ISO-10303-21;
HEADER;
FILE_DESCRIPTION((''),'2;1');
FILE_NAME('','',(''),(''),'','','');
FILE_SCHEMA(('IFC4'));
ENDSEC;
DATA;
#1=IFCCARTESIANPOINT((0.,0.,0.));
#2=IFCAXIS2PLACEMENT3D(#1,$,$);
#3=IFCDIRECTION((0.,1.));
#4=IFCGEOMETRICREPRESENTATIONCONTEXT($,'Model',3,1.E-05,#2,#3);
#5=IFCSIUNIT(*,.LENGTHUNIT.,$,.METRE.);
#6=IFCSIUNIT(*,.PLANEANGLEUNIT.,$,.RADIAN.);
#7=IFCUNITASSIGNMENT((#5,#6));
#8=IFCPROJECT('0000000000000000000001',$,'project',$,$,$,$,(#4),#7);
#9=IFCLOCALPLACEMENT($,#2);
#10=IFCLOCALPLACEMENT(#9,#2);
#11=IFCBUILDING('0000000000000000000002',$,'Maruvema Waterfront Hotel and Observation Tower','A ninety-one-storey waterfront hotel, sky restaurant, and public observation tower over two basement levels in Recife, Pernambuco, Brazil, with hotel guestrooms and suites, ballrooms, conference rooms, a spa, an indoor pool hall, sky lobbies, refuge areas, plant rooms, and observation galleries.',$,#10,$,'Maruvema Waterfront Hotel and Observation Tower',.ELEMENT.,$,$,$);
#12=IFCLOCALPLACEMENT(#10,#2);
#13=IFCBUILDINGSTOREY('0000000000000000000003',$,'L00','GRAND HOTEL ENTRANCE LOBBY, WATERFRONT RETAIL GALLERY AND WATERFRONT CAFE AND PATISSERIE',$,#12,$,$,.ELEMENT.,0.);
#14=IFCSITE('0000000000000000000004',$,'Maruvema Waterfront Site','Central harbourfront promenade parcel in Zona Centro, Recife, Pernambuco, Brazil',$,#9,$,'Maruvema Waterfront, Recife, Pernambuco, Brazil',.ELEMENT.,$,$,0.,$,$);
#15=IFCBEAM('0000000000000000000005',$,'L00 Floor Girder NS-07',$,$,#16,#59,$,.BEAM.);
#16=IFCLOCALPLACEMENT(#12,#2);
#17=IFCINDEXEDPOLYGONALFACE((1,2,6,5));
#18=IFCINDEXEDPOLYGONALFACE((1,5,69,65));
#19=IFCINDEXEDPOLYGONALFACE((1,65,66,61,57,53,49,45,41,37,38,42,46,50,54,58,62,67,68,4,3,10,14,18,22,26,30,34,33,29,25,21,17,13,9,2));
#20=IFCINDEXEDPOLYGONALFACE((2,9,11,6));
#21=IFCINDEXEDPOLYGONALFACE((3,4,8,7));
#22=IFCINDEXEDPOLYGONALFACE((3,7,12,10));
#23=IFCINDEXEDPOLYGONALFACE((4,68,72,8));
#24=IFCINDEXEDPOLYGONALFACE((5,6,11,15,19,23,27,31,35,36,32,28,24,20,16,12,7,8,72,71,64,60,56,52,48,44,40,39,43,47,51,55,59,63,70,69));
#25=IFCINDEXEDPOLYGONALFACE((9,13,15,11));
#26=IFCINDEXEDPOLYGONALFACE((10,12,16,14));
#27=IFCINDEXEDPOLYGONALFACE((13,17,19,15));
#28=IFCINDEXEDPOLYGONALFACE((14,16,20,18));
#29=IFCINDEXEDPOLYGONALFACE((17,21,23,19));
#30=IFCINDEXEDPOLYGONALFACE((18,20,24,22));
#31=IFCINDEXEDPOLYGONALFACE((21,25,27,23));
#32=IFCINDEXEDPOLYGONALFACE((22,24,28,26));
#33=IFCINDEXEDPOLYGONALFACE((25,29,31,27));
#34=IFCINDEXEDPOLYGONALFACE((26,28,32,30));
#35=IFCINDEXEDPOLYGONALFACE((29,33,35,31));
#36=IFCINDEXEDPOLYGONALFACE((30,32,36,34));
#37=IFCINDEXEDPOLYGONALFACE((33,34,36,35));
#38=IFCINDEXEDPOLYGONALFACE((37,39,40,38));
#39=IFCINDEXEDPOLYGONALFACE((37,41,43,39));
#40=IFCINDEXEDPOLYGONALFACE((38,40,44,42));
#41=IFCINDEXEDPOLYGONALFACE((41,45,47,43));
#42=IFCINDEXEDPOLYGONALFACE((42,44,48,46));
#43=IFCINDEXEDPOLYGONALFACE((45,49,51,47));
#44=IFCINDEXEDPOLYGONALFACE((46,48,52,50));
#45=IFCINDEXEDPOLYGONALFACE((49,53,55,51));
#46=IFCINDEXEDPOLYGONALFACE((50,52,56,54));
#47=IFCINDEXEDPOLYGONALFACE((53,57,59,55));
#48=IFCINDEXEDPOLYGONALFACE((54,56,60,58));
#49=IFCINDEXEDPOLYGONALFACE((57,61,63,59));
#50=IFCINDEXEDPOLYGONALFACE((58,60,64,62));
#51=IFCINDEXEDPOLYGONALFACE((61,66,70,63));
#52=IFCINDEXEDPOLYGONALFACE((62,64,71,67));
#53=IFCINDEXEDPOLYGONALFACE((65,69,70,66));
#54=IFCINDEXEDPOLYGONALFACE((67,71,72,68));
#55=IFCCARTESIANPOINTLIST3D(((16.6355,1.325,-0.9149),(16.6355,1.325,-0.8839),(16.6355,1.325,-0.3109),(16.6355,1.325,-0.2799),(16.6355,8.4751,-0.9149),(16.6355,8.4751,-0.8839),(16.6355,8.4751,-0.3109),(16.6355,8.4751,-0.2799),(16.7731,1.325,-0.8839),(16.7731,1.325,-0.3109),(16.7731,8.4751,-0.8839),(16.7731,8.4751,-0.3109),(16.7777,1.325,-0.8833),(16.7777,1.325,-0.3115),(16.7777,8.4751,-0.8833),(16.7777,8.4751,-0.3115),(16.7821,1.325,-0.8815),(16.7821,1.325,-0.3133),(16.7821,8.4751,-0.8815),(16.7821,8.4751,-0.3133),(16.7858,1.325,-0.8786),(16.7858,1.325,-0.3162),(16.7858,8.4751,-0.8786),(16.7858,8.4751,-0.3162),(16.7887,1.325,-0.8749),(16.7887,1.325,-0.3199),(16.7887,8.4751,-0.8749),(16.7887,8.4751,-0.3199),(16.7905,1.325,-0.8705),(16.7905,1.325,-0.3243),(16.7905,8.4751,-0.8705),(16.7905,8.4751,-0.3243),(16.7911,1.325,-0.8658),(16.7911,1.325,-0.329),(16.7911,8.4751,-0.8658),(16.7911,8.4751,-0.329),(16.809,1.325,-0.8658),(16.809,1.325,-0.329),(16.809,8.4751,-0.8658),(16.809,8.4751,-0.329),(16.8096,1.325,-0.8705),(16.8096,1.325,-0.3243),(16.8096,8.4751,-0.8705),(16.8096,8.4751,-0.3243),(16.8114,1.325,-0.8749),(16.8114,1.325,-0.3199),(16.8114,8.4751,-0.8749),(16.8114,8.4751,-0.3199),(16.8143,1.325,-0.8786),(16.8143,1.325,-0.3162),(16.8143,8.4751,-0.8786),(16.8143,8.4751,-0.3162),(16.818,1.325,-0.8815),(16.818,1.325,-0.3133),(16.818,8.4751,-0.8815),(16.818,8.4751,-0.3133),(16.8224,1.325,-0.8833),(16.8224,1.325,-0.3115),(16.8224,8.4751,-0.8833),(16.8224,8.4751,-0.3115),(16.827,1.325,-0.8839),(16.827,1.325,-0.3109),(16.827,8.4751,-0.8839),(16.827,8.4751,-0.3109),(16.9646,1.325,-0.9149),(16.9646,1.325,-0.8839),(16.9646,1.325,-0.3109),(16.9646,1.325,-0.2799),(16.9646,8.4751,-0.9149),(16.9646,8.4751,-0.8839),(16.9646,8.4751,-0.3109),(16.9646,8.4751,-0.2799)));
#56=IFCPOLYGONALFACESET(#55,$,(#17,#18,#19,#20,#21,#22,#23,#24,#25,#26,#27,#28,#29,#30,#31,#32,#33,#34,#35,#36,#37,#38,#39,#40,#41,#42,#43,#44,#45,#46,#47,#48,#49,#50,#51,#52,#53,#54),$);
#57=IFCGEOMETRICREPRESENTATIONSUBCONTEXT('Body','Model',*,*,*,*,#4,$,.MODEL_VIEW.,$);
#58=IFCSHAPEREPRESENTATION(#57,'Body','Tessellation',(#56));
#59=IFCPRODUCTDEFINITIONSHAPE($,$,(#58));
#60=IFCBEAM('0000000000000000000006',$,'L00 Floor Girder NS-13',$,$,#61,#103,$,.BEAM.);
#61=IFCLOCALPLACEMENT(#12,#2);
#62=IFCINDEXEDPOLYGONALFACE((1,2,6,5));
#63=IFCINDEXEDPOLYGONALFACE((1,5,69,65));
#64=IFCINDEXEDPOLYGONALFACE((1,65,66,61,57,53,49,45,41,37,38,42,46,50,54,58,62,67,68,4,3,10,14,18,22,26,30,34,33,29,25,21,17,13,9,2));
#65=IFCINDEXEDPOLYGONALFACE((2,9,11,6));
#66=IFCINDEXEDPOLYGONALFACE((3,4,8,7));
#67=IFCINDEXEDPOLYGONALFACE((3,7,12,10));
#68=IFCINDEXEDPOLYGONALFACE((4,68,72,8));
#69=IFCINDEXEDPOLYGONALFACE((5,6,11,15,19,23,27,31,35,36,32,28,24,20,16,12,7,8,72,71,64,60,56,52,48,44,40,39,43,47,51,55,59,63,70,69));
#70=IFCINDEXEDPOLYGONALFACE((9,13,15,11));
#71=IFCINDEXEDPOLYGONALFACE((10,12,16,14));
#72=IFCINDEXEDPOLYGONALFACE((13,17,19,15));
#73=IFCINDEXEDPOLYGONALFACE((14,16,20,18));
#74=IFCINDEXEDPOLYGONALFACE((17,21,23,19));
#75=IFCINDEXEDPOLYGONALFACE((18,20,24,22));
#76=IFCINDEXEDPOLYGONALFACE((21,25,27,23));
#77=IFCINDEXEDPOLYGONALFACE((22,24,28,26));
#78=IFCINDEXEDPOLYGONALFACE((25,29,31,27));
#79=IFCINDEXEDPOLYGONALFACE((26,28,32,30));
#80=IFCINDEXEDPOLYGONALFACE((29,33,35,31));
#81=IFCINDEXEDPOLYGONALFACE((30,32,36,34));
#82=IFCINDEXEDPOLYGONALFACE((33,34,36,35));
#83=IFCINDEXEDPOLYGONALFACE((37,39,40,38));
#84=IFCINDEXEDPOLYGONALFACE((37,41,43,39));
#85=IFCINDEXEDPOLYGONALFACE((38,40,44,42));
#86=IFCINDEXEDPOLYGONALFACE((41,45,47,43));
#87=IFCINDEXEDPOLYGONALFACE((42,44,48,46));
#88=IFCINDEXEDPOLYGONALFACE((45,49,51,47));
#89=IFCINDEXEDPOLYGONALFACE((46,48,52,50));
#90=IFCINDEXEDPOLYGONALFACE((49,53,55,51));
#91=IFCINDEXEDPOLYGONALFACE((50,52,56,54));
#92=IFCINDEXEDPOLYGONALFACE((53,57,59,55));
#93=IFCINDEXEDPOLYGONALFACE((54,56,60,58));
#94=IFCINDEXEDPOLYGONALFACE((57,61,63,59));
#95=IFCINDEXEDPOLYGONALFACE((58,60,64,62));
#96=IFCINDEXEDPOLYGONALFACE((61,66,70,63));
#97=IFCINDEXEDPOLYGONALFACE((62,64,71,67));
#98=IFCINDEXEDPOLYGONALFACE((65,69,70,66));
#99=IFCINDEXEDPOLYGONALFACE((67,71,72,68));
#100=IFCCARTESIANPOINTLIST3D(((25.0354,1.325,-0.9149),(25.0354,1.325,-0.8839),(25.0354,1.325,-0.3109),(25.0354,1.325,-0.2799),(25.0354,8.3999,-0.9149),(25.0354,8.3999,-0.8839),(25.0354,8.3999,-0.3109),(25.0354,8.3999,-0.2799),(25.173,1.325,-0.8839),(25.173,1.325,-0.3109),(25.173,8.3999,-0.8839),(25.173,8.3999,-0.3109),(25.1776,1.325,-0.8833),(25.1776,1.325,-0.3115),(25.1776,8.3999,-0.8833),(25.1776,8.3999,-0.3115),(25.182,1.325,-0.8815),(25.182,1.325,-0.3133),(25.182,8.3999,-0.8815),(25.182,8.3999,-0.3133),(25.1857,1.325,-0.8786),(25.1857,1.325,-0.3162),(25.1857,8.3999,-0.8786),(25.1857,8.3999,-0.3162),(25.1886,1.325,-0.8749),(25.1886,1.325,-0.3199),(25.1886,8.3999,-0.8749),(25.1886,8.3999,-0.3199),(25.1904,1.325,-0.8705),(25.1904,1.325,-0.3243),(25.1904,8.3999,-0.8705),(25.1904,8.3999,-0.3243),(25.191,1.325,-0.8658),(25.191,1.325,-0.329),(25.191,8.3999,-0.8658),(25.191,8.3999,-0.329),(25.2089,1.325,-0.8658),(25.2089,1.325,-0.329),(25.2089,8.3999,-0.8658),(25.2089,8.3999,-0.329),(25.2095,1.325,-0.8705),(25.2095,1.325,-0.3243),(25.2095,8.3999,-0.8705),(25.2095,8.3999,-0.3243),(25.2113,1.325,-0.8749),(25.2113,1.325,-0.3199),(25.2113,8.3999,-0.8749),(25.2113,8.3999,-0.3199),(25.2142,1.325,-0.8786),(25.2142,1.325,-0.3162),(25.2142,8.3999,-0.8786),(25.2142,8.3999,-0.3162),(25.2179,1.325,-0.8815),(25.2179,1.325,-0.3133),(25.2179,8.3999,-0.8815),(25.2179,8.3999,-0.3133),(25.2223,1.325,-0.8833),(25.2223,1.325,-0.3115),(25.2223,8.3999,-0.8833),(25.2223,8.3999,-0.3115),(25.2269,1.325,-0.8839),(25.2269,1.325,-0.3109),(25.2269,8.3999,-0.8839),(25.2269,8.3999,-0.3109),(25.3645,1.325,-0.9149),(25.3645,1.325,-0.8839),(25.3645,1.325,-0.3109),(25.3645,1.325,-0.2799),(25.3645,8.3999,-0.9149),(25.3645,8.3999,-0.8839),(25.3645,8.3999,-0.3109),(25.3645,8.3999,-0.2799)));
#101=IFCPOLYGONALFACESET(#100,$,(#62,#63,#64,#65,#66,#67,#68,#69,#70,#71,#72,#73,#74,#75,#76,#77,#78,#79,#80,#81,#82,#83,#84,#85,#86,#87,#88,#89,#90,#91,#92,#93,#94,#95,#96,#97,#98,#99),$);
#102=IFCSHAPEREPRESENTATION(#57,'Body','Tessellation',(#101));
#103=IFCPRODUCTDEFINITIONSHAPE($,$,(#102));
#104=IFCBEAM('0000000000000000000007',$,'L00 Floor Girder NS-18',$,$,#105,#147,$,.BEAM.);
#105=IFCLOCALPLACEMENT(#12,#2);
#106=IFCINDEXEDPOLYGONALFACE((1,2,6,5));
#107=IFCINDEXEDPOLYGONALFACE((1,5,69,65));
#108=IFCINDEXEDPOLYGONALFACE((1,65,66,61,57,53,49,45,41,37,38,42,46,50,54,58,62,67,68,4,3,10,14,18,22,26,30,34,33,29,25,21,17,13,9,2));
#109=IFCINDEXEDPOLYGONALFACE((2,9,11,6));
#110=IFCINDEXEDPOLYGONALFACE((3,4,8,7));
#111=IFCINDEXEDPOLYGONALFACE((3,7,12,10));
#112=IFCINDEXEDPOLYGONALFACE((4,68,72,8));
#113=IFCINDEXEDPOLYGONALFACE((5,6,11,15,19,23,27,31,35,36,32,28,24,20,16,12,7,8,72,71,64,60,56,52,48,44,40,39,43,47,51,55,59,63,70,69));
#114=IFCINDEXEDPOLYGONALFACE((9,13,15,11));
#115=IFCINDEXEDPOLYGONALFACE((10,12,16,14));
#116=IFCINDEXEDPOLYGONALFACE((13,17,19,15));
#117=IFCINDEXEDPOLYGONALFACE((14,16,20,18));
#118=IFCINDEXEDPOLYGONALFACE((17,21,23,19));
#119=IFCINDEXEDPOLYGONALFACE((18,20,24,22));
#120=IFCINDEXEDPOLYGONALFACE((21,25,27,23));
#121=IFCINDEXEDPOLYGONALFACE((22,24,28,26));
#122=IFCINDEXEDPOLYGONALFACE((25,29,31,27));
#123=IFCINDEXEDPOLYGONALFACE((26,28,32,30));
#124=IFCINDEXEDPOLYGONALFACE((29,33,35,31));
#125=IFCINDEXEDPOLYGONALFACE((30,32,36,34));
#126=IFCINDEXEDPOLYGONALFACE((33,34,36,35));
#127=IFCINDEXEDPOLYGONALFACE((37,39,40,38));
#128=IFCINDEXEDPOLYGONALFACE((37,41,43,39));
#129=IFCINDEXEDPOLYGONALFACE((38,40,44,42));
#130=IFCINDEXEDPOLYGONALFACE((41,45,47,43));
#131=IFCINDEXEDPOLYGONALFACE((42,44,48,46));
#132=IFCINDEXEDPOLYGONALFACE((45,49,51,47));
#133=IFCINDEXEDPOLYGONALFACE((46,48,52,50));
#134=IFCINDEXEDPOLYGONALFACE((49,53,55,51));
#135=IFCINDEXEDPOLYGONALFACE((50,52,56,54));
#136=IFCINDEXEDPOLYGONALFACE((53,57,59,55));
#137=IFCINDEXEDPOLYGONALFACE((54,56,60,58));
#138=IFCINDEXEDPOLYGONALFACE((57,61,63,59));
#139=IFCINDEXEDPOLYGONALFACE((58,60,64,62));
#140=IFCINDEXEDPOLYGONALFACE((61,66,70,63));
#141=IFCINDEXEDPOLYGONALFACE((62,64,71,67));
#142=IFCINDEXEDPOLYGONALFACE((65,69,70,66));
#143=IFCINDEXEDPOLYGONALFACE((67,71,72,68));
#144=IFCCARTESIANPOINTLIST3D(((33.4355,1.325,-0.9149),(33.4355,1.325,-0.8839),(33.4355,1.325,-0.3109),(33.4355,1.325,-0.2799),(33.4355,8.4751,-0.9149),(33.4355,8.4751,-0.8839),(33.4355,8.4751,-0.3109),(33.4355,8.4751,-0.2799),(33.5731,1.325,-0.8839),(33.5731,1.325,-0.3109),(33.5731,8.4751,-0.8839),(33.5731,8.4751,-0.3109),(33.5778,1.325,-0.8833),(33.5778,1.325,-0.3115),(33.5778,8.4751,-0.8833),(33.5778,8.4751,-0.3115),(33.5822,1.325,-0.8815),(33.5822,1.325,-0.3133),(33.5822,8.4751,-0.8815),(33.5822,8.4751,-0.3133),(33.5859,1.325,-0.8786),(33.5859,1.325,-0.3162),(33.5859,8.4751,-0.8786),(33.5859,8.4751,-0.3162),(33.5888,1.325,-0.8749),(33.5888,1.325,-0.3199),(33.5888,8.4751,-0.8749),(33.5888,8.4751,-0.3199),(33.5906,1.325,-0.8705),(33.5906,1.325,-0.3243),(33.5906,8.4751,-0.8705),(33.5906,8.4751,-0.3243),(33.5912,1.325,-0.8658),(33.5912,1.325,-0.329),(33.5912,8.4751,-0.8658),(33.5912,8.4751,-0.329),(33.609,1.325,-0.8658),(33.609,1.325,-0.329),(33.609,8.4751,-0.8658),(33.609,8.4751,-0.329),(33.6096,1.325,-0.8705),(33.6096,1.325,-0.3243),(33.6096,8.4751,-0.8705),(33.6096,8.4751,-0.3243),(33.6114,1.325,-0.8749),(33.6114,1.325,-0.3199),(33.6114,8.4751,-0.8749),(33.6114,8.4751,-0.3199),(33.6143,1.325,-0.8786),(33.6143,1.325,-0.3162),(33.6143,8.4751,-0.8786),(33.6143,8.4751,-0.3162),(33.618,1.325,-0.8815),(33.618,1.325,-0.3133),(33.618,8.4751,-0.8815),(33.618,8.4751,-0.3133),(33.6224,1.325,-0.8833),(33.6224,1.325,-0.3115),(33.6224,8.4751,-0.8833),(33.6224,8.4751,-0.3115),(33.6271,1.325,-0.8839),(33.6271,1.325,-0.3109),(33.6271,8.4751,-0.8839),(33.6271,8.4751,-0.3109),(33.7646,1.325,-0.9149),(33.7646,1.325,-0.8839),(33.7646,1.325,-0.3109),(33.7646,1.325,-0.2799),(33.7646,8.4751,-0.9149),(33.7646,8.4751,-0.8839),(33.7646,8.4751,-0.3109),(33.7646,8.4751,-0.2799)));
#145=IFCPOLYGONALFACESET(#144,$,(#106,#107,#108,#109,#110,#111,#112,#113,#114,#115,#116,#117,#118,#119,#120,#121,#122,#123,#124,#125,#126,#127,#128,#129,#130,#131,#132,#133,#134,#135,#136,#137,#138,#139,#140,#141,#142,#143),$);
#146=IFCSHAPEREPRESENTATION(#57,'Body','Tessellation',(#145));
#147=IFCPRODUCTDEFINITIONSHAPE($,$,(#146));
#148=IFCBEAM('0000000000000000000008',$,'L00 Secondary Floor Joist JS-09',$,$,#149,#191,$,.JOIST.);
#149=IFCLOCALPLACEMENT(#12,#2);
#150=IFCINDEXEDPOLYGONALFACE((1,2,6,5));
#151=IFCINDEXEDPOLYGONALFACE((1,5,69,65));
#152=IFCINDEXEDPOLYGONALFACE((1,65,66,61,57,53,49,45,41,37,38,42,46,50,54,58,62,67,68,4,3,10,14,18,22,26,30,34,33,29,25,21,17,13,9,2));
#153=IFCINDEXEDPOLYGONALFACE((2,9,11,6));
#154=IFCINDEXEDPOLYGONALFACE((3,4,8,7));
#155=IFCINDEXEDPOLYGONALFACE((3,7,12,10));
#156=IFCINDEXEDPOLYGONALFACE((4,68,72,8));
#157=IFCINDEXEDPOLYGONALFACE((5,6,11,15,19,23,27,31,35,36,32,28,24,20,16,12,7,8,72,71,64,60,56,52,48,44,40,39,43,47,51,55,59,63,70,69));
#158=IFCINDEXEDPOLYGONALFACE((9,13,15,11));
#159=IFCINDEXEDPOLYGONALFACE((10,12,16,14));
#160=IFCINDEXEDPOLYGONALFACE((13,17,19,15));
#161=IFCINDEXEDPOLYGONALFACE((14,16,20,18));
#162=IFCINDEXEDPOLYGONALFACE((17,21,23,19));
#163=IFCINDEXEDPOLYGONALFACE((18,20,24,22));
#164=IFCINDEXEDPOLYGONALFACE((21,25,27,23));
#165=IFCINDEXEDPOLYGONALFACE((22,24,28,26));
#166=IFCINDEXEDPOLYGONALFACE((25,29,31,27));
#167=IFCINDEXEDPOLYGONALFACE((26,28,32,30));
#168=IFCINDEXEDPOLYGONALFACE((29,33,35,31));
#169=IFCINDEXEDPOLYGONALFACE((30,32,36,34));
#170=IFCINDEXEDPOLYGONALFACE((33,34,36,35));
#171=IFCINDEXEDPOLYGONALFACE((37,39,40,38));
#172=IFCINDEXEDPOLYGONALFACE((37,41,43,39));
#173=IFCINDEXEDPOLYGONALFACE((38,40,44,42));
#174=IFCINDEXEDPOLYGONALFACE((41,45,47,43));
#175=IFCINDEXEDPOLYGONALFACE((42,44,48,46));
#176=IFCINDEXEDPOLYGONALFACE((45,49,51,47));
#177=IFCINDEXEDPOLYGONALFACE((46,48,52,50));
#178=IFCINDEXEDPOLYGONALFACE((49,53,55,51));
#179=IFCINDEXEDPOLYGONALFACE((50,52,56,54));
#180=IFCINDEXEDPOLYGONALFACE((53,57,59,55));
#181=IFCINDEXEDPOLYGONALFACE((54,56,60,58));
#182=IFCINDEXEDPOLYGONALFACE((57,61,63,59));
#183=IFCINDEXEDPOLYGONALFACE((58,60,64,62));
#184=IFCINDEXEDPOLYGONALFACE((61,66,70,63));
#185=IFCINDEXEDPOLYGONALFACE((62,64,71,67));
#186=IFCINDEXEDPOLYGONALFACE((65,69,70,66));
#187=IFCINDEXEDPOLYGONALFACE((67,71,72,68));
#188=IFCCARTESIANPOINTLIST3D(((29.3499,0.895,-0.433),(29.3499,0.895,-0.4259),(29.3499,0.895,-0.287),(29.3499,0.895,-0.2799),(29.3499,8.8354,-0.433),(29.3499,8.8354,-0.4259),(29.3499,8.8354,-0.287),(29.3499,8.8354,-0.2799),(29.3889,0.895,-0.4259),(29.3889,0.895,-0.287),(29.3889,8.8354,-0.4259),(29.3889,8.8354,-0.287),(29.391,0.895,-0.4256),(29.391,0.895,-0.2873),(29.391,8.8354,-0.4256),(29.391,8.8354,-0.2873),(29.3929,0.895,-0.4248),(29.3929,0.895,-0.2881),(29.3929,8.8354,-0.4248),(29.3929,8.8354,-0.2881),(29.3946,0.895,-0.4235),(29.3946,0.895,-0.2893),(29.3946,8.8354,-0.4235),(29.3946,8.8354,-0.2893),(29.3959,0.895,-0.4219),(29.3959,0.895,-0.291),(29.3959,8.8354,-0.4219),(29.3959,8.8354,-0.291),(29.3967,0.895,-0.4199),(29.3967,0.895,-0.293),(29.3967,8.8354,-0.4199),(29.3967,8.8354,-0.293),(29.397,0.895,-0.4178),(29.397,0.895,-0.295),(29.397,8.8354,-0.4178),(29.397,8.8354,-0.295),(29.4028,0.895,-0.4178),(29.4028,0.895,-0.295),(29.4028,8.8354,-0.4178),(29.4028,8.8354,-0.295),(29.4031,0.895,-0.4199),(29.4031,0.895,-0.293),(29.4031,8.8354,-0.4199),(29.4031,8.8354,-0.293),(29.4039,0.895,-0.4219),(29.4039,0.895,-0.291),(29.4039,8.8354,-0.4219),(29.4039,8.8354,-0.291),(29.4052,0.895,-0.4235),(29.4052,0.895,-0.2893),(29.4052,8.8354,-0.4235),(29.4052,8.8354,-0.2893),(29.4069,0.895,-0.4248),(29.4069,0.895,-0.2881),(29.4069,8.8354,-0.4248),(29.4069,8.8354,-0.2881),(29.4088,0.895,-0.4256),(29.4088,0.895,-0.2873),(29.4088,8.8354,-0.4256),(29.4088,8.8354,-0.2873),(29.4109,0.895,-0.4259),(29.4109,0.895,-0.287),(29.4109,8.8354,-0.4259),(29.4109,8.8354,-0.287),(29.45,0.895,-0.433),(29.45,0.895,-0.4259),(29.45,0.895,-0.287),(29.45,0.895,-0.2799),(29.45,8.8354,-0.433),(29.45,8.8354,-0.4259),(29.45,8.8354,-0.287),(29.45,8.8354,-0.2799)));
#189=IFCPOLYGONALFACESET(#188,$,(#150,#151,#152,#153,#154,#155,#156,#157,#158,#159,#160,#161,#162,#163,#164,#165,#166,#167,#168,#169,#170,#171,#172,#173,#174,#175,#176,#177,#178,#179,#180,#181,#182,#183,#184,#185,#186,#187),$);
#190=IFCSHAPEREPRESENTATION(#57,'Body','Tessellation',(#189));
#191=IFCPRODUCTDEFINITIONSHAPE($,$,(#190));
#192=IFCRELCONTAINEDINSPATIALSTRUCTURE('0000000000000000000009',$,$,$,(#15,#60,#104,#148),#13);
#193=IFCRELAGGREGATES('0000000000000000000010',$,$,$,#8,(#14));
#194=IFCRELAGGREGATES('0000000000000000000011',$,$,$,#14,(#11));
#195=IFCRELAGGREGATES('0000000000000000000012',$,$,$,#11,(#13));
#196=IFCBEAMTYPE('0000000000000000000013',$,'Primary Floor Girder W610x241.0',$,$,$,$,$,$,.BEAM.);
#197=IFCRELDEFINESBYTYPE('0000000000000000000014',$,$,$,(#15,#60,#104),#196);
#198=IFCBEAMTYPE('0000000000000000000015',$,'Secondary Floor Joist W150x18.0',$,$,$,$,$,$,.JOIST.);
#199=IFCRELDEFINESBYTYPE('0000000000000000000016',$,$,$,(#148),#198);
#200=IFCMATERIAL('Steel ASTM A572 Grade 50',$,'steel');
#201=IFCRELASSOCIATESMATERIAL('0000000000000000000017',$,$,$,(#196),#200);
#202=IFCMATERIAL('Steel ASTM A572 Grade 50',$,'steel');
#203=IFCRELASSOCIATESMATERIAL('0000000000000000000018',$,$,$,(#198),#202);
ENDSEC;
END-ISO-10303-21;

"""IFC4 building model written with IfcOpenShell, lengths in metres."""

from ifc_helpers import new_model, si_unit, direction, frame, origin, origin_2d, place, context, subcontext, project, spatial, i_section, extrude, material, material_profile, profile_set, type_object, element, save


model = new_model("IFC4")

# Units and contexts
model_context = context("Model", 3, precision=1e-05, world=origin(), true_north=direction((0.0, 1.0)))
body_context = subcontext(model_context, "Body", "Model", "MODEL_VIEW")
ifc_project = project(units=[si_unit("LENGTHUNIT", "METRE"), si_unit("PLANEANGLEUNIT", "RADIAN")], contexts=[model_context])

# Site, building, storey
site_placement = place(None, origin())
site = spatial("IfcSite", under=ifc_project, at=site_placement, Name="Maruvema Waterfront Site", Description="Central harbourfront promenade parcel in Zona Centro, Recife, Pernambuco, Brazil", LongName="Maruvema Waterfront, Recife, Pernambuco, Brazil", CompositionType="ELEMENT", RefElevation=0.0)
building_placement = place(site_placement, origin())
building = spatial("IfcBuilding", under=site, at=building_placement, Name="Maruvema Waterfront Hotel and Observation Tower", Description="A ninety-one-storey waterfront hotel, sky restaurant, and public observation tower over two basement levels in Recife, Pernambuco, Brazil, with hotel guestrooms and suites, ballrooms, conference rooms, a spa, an indoor pool hall, sky lobbies, refuge areas, plant rooms, and observation galleries.", LongName="Maruvema Waterfront Hotel and Observation Tower", CompositionType="ELEMENT")
storey_placement = place(building_placement, origin())
storey = spatial("IfcBuildingStorey", under=building, at=storey_placement, Name="L00", Description="GRAND HOTEL ENTRANCE LOBBY, WATERFRONT RETAIL GALLERY AND WATERFRONT CAFE AND PATISSERIE", CompositionType="ELEMENT", Elevation=0.0)

# Beams
ifc_material_1 = material(Name="Steel ASTM A572 Grade 50", Category="steel")
ifc_material_profile_1 = material_profile(ifc_material_1, i_section(OverallWidth=0.3291, OverallDepth=0.635, WebThickness=0.0178, FlangeThickness=0.031, FilletRadius=0.0181, at=origin_2d()), Name="W610x241.0")
ifc_profile_set_1 = profile_set([ifc_material_profile_1], Name="Steel ASTM A572 Grade 50")
beam_type_1 = type_object("IfcBeamType", Name="Primary Floor Girder W610x241.0", PredefinedType="BEAM", material=ifc_profile_set_1)
beam_1_placement = place(storey_placement, frame((16.8, 1.325, -0.5974), z_axis=(0.0, 1.0, 0.0), x_axis=(-1.0, 0.0, 0.0)))
element("IfcBeam", 1, at=beam_1_placement, inside=storey, type_object=beam_type_1, Name="L00 Floor Girder NS-07", PredefinedType="BEAM", context=body_context, shape_type="SweptSolid", body=[
    extrude(i_section(OverallWidth=0.3291, OverallDepth=0.635, WebThickness=0.0178, FlangeThickness=0.031, FilletRadius=0.0181, at=origin_2d()), origin(), (0.0, 0.0, 1.0), 7.1501),
])
beam_2_placement = place(storey_placement, frame((25.2, 1.325, -0.5974), z_axis=(0.0, 1.0, 0.0), x_axis=(-1.0, 0.0, 0.0)))
element("IfcBeam", 2, at=beam_2_placement, inside=storey, type_object=beam_type_1, Name="L00 Floor Girder NS-13", PredefinedType="BEAM", context=body_context, shape_type="SweptSolid", body=[
    extrude(i_section(OverallWidth=0.3291, OverallDepth=0.635, WebThickness=0.0178, FlangeThickness=0.031, FilletRadius=0.0181, at=origin_2d()), origin(), (0.0, 0.0, 1.0), 7.075),
])
beam_3_placement = place(storey_placement, frame((33.6001, 1.325, -0.5974), z_axis=(0.0, 1.0, 0.0), x_axis=(-1.0, 0.0, 0.0)))
element("IfcBeam", 3, at=beam_3_placement, inside=storey, type_object=beam_type_1, Name="L00 Floor Girder NS-18", PredefinedType="BEAM", context=body_context, shape_type="SweptSolid", body=[
    extrude(i_section(OverallWidth=0.3291, OverallDepth=0.635, WebThickness=0.0178, FlangeThickness=0.031, FilletRadius=0.0181, at=origin_2d()), origin(), (0.0, 0.0, 1.0), 7.1501),
])
ifc_material_2 = material(Name="Steel ASTM A572 Grade 50", Category="steel")
ifc_material_profile_2 = material_profile(ifc_material_2, i_section(OverallWidth=0.1001, OverallDepth=0.1531, WebThickness=0.0059, FlangeThickness=0.0071, FilletRadius=0.0081, at=origin_2d()), Name="W150x18.0")
ifc_profile_set_2 = profile_set([ifc_material_profile_2], Name="Steel ASTM A572 Grade 50")
beam_type_2 = type_object("IfcBeamType", Name="Secondary Floor Joist W150x18.0", PredefinedType="JOIST", material=ifc_profile_set_2)
beam_4_placement = place(storey_placement, frame((29.3999, 0.895, -0.3564), z_axis=(0.0, 1.0, 0.0), x_axis=(-1.0, 0.0, 0.0)))
element("IfcBeam", 4, at=beam_4_placement, inside=storey, type_object=beam_type_2, Name="L00 Secondary Floor Joist JS-09", PredefinedType="JOIST", context=body_context, shape_type="SweptSolid", body=[
    extrude(i_section(OverallWidth=0.1001, OverallDepth=0.1531, WebThickness=0.0059, FlangeThickness=0.0071, FilletRadius=0.0081, at=origin_2d()), origin(), (0.0, 0.0, 1.0), 7.9404),
])

save(model, "model.ifc")
